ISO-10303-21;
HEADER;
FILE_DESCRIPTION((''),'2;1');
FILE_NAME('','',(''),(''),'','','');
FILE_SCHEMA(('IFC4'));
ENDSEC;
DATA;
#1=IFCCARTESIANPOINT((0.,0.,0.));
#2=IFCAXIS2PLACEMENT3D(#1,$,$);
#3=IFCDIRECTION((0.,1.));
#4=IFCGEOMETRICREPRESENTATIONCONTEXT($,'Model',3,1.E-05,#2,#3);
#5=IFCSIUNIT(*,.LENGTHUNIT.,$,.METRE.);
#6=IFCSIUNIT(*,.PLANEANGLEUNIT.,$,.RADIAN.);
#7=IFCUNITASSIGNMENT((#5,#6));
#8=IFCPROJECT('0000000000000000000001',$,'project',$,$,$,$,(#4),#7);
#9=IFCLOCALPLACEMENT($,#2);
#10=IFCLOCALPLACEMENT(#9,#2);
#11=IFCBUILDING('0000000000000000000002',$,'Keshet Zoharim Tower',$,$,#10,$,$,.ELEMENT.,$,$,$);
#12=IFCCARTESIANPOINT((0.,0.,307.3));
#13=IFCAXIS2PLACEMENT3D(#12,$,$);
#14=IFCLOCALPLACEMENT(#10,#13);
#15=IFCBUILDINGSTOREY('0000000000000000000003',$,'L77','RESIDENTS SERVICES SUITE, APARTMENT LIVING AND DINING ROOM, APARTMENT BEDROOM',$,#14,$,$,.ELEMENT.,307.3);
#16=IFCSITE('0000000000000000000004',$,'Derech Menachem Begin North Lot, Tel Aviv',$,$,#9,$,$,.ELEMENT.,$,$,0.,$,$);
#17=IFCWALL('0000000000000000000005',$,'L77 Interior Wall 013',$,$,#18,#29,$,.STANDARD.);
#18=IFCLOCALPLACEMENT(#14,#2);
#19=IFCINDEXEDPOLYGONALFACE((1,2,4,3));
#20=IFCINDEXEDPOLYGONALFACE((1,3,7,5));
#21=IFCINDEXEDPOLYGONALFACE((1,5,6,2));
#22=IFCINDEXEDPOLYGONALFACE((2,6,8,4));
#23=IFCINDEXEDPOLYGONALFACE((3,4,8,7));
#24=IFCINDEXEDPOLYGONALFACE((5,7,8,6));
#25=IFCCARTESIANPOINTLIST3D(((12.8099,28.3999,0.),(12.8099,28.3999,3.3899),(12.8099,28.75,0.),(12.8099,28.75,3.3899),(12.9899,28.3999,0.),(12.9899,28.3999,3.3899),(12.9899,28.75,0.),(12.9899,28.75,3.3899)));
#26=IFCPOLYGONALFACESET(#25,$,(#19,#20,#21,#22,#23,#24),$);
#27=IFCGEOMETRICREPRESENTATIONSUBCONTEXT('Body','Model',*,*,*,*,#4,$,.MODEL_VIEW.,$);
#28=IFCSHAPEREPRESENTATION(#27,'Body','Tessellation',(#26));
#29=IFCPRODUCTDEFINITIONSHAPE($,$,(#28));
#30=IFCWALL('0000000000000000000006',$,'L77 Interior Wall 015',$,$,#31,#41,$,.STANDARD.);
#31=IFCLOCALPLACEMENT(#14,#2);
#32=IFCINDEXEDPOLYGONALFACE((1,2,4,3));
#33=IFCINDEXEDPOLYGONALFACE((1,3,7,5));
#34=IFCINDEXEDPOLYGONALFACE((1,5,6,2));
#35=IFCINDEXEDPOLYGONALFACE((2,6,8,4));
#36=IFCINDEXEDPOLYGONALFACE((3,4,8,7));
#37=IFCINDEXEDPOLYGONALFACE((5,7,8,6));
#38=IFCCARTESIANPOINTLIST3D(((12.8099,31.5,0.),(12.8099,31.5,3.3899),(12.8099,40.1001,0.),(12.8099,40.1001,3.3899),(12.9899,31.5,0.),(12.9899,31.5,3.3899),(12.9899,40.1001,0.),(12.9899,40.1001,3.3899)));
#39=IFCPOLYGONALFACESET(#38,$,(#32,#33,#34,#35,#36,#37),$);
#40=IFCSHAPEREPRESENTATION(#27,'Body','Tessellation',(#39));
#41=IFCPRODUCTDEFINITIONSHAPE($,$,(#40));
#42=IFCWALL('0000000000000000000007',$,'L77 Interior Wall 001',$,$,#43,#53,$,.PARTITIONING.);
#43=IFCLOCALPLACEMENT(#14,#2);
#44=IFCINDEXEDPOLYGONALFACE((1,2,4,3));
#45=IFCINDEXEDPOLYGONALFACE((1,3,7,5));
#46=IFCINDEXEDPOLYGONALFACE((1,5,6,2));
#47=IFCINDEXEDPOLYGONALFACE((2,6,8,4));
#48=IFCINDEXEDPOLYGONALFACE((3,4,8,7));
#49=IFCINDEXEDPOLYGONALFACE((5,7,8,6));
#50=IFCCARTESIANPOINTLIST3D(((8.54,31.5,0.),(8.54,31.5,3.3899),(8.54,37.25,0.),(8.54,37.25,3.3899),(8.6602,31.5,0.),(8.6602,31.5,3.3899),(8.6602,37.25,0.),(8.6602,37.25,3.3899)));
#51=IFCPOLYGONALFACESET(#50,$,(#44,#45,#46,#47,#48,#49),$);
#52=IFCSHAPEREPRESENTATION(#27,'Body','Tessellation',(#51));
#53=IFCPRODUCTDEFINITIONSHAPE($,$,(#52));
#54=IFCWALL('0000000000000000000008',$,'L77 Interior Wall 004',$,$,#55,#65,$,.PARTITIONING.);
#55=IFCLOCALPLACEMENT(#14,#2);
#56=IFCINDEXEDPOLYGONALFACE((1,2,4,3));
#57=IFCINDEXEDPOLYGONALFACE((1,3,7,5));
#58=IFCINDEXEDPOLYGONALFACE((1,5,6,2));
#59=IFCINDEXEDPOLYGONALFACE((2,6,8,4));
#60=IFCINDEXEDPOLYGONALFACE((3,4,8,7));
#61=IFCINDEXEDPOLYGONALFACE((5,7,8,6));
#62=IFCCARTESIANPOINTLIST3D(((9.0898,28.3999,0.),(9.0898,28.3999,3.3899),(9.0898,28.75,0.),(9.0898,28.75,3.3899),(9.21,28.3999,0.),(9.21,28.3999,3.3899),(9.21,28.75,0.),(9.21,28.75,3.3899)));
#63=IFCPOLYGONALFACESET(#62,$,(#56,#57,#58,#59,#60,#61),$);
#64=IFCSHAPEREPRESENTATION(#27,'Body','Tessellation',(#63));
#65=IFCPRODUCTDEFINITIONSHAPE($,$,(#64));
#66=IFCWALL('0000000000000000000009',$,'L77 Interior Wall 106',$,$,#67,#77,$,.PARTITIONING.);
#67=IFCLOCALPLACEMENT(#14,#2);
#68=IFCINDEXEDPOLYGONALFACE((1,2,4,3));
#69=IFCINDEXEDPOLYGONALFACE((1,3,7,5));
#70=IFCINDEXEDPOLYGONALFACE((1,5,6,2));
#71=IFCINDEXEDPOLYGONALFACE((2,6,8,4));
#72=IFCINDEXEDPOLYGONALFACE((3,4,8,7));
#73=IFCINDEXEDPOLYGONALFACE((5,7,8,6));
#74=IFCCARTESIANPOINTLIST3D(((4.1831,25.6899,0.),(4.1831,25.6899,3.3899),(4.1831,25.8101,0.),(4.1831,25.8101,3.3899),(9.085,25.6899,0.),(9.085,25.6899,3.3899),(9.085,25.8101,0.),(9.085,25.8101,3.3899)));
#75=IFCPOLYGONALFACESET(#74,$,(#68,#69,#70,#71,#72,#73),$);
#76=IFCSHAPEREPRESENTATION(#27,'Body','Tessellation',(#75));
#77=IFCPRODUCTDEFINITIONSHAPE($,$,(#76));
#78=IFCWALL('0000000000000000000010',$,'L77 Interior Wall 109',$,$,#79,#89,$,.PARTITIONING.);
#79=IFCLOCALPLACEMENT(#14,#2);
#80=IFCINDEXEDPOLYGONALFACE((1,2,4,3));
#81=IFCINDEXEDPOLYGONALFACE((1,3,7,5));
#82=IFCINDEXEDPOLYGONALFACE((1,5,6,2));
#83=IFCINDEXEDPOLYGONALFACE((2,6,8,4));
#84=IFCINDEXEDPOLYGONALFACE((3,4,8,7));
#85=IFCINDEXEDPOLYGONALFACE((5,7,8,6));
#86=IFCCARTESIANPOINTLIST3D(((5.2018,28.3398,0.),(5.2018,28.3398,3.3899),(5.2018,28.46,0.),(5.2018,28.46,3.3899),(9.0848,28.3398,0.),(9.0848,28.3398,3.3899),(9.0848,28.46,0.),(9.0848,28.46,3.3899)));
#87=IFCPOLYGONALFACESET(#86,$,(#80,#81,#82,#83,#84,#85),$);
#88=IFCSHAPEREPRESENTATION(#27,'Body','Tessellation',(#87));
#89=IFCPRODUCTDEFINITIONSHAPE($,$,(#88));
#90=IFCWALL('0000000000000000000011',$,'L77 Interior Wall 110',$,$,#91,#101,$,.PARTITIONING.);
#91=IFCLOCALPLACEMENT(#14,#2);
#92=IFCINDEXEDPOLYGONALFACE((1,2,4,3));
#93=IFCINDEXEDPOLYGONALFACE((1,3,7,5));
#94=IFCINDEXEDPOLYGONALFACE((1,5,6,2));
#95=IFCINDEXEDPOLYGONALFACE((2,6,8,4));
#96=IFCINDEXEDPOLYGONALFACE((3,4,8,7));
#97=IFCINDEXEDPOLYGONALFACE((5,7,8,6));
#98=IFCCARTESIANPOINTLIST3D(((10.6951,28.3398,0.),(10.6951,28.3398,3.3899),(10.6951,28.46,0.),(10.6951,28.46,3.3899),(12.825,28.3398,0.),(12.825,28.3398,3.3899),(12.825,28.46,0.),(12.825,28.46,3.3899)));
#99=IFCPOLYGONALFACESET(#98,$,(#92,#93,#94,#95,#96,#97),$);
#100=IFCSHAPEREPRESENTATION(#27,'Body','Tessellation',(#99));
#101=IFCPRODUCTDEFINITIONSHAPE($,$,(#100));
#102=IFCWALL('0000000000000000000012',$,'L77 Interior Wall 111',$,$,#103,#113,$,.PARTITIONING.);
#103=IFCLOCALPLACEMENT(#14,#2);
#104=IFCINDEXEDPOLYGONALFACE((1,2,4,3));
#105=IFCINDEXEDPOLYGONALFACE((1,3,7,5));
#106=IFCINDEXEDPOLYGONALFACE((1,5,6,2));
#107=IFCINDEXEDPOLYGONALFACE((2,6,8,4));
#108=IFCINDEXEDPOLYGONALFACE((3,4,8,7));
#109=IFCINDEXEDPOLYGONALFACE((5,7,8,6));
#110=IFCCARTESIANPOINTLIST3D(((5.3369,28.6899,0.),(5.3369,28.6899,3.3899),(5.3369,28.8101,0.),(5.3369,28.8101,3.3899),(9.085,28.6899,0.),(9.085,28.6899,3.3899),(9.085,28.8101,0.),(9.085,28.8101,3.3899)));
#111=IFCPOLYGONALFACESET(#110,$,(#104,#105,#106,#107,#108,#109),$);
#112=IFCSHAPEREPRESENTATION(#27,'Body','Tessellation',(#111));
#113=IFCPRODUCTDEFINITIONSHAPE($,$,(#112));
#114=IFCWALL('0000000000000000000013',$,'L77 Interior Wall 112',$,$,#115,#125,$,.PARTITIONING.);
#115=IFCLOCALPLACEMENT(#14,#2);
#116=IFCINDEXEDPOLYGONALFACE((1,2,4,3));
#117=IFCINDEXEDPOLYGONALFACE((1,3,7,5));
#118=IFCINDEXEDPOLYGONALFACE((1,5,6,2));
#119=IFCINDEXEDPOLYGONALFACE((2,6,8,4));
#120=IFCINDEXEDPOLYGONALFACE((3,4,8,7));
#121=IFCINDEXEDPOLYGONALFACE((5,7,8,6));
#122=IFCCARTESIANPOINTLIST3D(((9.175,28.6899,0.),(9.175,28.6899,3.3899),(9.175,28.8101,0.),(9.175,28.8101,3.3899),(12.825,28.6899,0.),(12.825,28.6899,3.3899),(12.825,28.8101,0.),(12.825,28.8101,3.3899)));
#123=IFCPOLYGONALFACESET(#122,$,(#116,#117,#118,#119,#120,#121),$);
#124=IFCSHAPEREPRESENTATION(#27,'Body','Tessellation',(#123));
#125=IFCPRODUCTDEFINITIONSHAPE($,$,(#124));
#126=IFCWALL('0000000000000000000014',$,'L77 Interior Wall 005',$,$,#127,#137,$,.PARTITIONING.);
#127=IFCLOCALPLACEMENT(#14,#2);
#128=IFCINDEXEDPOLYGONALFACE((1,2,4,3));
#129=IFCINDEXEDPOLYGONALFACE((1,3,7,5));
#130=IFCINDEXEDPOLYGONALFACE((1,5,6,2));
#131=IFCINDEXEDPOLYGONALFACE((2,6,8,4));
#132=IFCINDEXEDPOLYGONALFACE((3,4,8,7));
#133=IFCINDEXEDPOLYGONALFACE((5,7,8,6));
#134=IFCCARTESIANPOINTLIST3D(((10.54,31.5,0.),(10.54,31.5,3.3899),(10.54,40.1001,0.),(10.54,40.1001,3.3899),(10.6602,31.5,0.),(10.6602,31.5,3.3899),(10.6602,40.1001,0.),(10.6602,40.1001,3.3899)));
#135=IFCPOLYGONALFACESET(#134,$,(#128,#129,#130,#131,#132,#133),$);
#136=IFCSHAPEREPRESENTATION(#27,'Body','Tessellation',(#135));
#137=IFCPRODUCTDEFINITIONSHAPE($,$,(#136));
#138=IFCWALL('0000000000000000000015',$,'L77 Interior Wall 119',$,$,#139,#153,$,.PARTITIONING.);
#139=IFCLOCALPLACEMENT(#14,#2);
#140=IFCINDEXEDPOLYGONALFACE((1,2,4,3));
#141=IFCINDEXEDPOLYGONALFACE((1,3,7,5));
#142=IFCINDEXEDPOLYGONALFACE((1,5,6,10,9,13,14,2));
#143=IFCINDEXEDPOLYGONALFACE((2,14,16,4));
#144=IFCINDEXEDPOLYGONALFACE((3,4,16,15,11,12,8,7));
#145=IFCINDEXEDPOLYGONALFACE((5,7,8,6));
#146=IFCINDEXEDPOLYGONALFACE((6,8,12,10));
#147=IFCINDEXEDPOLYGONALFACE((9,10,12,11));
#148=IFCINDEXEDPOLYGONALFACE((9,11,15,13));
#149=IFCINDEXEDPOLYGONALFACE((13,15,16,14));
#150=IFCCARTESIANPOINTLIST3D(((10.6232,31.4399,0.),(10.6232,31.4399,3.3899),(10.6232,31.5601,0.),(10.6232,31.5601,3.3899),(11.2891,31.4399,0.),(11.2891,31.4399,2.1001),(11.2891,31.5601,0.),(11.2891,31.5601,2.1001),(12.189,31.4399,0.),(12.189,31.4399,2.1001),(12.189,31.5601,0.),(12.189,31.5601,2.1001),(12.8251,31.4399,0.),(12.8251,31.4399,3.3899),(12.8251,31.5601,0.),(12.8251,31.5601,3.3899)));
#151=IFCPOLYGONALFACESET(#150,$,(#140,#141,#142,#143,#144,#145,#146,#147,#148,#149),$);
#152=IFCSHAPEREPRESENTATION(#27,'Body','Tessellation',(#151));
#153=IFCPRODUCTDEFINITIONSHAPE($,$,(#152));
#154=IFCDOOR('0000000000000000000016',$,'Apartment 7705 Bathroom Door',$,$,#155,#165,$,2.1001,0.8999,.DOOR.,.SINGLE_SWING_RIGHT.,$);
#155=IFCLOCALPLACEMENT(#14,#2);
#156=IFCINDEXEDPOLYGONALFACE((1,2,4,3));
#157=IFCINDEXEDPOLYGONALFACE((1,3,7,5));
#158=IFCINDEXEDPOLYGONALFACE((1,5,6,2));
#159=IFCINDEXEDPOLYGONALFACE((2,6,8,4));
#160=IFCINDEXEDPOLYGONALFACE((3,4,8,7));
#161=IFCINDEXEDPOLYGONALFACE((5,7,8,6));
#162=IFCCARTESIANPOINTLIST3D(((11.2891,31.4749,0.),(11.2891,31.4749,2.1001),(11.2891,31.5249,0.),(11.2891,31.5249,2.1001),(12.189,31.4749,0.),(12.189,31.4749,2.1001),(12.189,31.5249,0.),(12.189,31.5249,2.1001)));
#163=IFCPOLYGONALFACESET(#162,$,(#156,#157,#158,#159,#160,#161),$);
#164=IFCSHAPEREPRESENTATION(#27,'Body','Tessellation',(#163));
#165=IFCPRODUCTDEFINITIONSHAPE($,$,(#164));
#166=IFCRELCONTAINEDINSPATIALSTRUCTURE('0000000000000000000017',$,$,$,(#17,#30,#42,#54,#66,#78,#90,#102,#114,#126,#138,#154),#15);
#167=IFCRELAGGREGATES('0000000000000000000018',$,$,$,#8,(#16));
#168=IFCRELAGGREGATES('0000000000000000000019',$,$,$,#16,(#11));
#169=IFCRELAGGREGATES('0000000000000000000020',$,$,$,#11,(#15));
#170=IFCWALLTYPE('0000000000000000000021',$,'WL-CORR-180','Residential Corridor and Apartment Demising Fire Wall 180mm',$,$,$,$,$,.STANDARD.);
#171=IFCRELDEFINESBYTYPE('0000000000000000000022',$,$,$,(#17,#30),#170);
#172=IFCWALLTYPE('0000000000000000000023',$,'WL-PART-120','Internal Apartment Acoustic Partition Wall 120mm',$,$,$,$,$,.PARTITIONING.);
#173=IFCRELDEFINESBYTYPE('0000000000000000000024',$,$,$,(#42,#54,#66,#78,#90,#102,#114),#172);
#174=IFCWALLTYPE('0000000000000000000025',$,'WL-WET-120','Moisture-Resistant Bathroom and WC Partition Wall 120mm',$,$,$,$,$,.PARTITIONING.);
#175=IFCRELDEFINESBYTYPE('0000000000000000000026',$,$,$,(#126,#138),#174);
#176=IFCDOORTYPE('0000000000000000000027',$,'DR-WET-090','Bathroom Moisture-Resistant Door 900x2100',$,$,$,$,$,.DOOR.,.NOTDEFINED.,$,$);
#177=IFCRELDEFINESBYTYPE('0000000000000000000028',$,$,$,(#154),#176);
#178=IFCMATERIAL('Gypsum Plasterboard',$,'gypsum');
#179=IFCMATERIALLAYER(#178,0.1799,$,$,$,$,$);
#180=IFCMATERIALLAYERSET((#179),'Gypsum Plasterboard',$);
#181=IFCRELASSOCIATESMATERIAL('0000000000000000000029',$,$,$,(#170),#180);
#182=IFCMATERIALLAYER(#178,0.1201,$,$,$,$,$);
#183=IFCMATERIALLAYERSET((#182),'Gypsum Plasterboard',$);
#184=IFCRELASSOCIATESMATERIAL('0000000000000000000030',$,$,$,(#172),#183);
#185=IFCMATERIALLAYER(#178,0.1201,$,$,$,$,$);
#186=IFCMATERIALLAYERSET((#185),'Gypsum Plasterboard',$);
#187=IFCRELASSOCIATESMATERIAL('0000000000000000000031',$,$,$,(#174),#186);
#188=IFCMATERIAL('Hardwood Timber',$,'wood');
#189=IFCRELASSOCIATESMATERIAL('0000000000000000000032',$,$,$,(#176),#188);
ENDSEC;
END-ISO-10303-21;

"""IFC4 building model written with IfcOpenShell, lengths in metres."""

from ifc_helpers import new_model, si_unit, direction, frame, frame_2d, origin, place, context, subcontext, project, spatial, rectangle, extrude, material, layer, layer_set, type_object, element, fill, save


model = new_model("IFC4")

# Units and contexts
model_context = context("Model", 3, precision=1e-05, world=origin(), true_north=direction((0.0, 1.0)))
body_context = subcontext(model_context, "Body", "Model", "MODEL_VIEW")
ifc_project = project(units=[si_unit("LENGTHUNIT", "METRE"), si_unit("PLANEANGLEUNIT", "RADIAN")], contexts=[model_context])

# Site, building, storey
site_placement = place(None, origin())
site = spatial("IfcSite", under=ifc_project, at=site_placement, Name="Derech Menachem Begin North Lot, Tel Aviv", CompositionType="ELEMENT", RefElevation=0.0)
building_placement = place(site_placement, origin())
building = spatial("IfcBuilding", under=site, at=building_placement, Name="Keshet Zoharim Tower", CompositionType="ELEMENT")
storey_placement = place(building_placement, frame((0.0, 0.0, 307.3)))
storey = spatial("IfcBuildingStorey", under=building, at=storey_placement, Name="L77", Description="RESIDENTS SERVICES SUITE, APARTMENT LIVING AND DINING ROOM, APARTMENT BEDROOM", CompositionType="ELEMENT", Elevation=307.3)

# Wall
ifc_material_1 = material(Name="Gypsum Plasterboard", Category="gypsum")
ifc_layer_1 = layer(ifc_material_1, 0.1799)
ifc_layer_set_1 = layer_set([ifc_layer_1], Name="Gypsum Plasterboard")
wall_type_1 = type_object("IfcWallType", Name="WL-CORR-180", Description="Residential Corridor and Apartment Demising Fire Wall 180mm", PredefinedType="STANDARD", material=ifc_layer_set_1)
wall_1_placement = place(storey_placement, frame((12.8999, 28.3999, 0.0), z_axis=(0.0, 0.0, 1.0), x_axis=(0.0, 1.0, 0.0)))
element("IfcWall", 1, at=wall_1_placement, inside=storey, type_object=wall_type_1, Name="L77 Interior Wall 013", PredefinedType="STANDARD", context=body_context, shape_type="SweptSolid", body=[
    extrude(rectangle(XDim=0.3501, YDim=0.1799, at=frame_2d((0.175, 0.0))), origin(), (0.0, 0.0, 1.0), 3.3899),
])

# Shared definitions
ifc_material_2 = material(Name="Hardwood Timber", Category="wood")

# Walls
wall_2_placement = place(storey_placement, frame((12.8999, 31.5, 0.0), z_axis=(0.0, 0.0, 1.0), x_axis=(0.0, 1.0, 0.0)))
element("IfcWall", 2, at=wall_2_placement, inside=storey, type_object=wall_type_1, Name="L77 Interior Wall 015", PredefinedType="STANDARD", context=body_context, shape_type="SweptSolid", body=[
    extrude(rectangle(XDim=8.6001, YDim=0.1799, at=frame_2d((4.3, 0.0))), origin(), (0.0, 0.0, 1.0), 3.3899),
])
ifc_layer_2 = layer(ifc_material_1, 0.1201)
ifc_layer_set_2 = layer_set([ifc_layer_2], Name="Gypsum Plasterboard")
wall_type_2 = type_object("IfcWallType", Name="WL-PART-120", Description="Internal Apartment Acoustic Partition Wall 120mm", PredefinedType="PARTITIONING", material=ifc_layer_set_2)
wall_3_placement = place(storey_placement, frame((8.6001, 31.5, 0.0), z_axis=(0.0, 0.0, 1.0), x_axis=(0.0, 1.0, 0.0)))
element("IfcWall", 3, at=wall_3_placement, inside=storey, type_object=wall_type_2, Name="L77 Interior Wall 001", PredefinedType="PARTITIONING", context=body_context, shape_type="SweptSolid", body=[
    extrude(rectangle(XDim=5.75, YDim=0.1201, at=frame_2d((2.875, 0.0))), origin(), (0.0, 0.0, 1.0), 3.3899),
])
wall_4_placement = place(storey_placement, frame((9.1499, 28.3999, 0.0), z_axis=(0.0, 0.0, 1.0), x_axis=(0.0, 1.0, 0.0)))
element("IfcWall", 4, at=wall_4_placement, inside=storey, type_object=wall_type_2, Name="L77 Interior Wall 004", PredefinedType="PARTITIONING", context=body_context, shape_type="SweptSolid", body=[
    extrude(rectangle(XDim=0.3501, YDim=0.1201, at=frame_2d((0.175, 0.0))), origin(), (0.0, 0.0, 1.0), 3.3899),
])

# Walls
wall_5_placement = place(storey_placement, frame((4.1831, 25.75, 0.0), z_axis=(0.0, 0.0, 1.0), x_axis=(1.0, 0.0, 0.0)))
element("IfcWall", 5, at=wall_5_placement, inside=storey, type_object=wall_type_2, Name="L77 Interior Wall 106", PredefinedType="PARTITIONING", context=body_context, shape_type="SweptSolid", body=[
    extrude(rectangle(XDim=4.9019, YDim=0.1201, at=frame_2d((2.4509, 0.0))), origin(), (0.0, 0.0, 1.0), 3.3899),
])
wall_6_placement = place(storey_placement, frame((5.2019, 28.3999, 0.0), z_axis=(0.0, 0.0, 1.0), x_axis=(1.0, 0.0, 0.0)))
element("IfcWall", 6, at=wall_6_placement, inside=storey, type_object=wall_type_2, Name="L77 Interior Wall 109", PredefinedType="PARTITIONING", context=body_context, shape_type="SweptSolid", body=[
    extrude(rectangle(XDim=3.8831, YDim=0.1201, at=frame_2d((1.9414, 0.0))), origin(), (0.0, 0.0, 1.0), 3.3899),
])
wall_7_placement = place(storey_placement, frame((10.6951, 28.3999, 0.0), z_axis=(0.0, 0.0, 1.0), x_axis=(1.0, 0.0, 0.0)))
element("IfcWall", 7, at=wall_7_placement, inside=storey, type_object=wall_type_2, Name="L77 Interior Wall 110", PredefinedType="PARTITIONING", context=body_context, shape_type="SweptSolid", body=[
    extrude(rectangle(XDim=2.1299, YDim=0.1201, at=frame_2d((1.0649, 0.0))), origin(), (0.0, 0.0, 1.0), 3.3899),
])
wall_8_placement = place(storey_placement, frame((5.3369, 28.75, 0.0), z_axis=(0.0, 0.0, 1.0), x_axis=(1.0, 0.0, 0.0)))
element("IfcWall", 8, at=wall_8_placement, inside=storey, type_object=wall_type_2, Name="L77 Interior Wall 111", PredefinedType="PARTITIONING", context=body_context, shape_type="SweptSolid", body=[
    extrude(rectangle(XDim=3.748, YDim=0.1201, at=frame_2d((1.874, 0.0))), origin(), (0.0, 0.0, 1.0), 3.3899),
])
wall_9_placement = place(storey_placement, frame((9.175, 28.75, 0.0), z_axis=(0.0, 0.0, 1.0), x_axis=(1.0, 0.0, 0.0)))
element("IfcWall", 9, at=wall_9_placement, inside=storey, type_object=wall_type_2, Name="L77 Interior Wall 112", PredefinedType="PARTITIONING", context=body_context, shape_type="SweptSolid", body=[
    extrude(rectangle(XDim=3.6499, YDim=0.1201, at=frame_2d((1.825, 0.0))), origin(), (0.0, 0.0, 1.0), 3.3899),
])

# Wall
ifc_layer_3 = layer(ifc_material_1, 0.1201)
ifc_layer_set_3 = layer_set([ifc_layer_3], Name="Gypsum Plasterboard")
wall_type_3 = type_object("IfcWallType", Name="WL-WET-120", Description="Moisture-Resistant Bathroom and WC Partition Wall 120mm", PredefinedType="PARTITIONING", material=ifc_layer_set_3)
wall_10_placement = place(storey_placement, frame((10.6001, 31.5, 0.0), z_axis=(0.0, 0.0, 1.0), x_axis=(0.0, 1.0, 0.0)))
element("IfcWall", 10, at=wall_10_placement, inside=storey, type_object=wall_type_3, Name="L77 Interior Wall 005", PredefinedType="PARTITIONING", context=body_context, shape_type="SweptSolid", body=[
    extrude(rectangle(XDim=8.6001, YDim=0.1201, at=frame_2d((4.3, 0.0))), origin(), (0.0, 0.0, 1.0), 3.3899),
])

# Wall, opening, door
wall_11_placement = place(storey_placement, frame((10.623, 31.5, 0.0), z_axis=(0.0, 0.0, 1.0), x_axis=(1.0, 0.0, 0.0)))
wall_11 = element("IfcWall", 11, at=wall_11_placement, inside=storey, type_object=wall_type_3, Name="L77 Interior Wall 119", PredefinedType="PARTITIONING", context=body_context, shape_type="SweptSolid", body=[
    extrude(rectangle(XDim=2.2019, YDim=0.1201, at=frame_2d((1.1011, 0.0))), origin(), (0.0, 0.0, 1.0), 3.3899),
])
opening_1_placement = place(wall_11_placement, frame((0.666, 0.0, 0.0)))
opening_1 = element("IfcOpeningElement", 12, at=opening_1_placement, cuts=wall_11, PredefinedType="OPENING", context=body_context, shape_type="SweptSolid", body=[
    extrude(rectangle(XDim=0.8999, YDim=2.1001, at=frame_2d((0.45, 1.05))), frame((0.0, 0.0701, 0.0), z_axis=(0.0, -1.0, 0.0), x_axis=(1.0, 0.0, 0.0)), (0.0, 0.0, 1.0), 0.1401),
])
door_type_1 = type_object("IfcDoorType", Name="DR-WET-090", Description="Bathroom Moisture-Resistant Door 900x2100", OperationType="NOTDEFINED", PredefinedType="DOOR", material=ifc_material_2)
door_1_placement = place(opening_1_placement, origin())
door_1 = element("IfcDoor", 13, at=door_1_placement, inside=storey, type_object=door_type_1, Name="Apartment 7705 Bathroom Door", OperationType="SINGLE_SWING_RIGHT", OverallHeight=2.1001, OverallWidth=0.8999, PredefinedType="DOOR", context=body_context, shape_type="SweptSolid", body=[
    extrude(rectangle(XDim=0.8999, YDim=2.1001, at=frame_2d((0.45, 1.05))), frame((0.0, 0.0249, 0.0), z_axis=(0.0, -1.0, 0.0), x_axis=(1.0, 0.0, 0.0)), (0.0, 0.0, 1.0), 0.05),
])
fill(opening_1, door_1)

save(model, "model.ifc")
